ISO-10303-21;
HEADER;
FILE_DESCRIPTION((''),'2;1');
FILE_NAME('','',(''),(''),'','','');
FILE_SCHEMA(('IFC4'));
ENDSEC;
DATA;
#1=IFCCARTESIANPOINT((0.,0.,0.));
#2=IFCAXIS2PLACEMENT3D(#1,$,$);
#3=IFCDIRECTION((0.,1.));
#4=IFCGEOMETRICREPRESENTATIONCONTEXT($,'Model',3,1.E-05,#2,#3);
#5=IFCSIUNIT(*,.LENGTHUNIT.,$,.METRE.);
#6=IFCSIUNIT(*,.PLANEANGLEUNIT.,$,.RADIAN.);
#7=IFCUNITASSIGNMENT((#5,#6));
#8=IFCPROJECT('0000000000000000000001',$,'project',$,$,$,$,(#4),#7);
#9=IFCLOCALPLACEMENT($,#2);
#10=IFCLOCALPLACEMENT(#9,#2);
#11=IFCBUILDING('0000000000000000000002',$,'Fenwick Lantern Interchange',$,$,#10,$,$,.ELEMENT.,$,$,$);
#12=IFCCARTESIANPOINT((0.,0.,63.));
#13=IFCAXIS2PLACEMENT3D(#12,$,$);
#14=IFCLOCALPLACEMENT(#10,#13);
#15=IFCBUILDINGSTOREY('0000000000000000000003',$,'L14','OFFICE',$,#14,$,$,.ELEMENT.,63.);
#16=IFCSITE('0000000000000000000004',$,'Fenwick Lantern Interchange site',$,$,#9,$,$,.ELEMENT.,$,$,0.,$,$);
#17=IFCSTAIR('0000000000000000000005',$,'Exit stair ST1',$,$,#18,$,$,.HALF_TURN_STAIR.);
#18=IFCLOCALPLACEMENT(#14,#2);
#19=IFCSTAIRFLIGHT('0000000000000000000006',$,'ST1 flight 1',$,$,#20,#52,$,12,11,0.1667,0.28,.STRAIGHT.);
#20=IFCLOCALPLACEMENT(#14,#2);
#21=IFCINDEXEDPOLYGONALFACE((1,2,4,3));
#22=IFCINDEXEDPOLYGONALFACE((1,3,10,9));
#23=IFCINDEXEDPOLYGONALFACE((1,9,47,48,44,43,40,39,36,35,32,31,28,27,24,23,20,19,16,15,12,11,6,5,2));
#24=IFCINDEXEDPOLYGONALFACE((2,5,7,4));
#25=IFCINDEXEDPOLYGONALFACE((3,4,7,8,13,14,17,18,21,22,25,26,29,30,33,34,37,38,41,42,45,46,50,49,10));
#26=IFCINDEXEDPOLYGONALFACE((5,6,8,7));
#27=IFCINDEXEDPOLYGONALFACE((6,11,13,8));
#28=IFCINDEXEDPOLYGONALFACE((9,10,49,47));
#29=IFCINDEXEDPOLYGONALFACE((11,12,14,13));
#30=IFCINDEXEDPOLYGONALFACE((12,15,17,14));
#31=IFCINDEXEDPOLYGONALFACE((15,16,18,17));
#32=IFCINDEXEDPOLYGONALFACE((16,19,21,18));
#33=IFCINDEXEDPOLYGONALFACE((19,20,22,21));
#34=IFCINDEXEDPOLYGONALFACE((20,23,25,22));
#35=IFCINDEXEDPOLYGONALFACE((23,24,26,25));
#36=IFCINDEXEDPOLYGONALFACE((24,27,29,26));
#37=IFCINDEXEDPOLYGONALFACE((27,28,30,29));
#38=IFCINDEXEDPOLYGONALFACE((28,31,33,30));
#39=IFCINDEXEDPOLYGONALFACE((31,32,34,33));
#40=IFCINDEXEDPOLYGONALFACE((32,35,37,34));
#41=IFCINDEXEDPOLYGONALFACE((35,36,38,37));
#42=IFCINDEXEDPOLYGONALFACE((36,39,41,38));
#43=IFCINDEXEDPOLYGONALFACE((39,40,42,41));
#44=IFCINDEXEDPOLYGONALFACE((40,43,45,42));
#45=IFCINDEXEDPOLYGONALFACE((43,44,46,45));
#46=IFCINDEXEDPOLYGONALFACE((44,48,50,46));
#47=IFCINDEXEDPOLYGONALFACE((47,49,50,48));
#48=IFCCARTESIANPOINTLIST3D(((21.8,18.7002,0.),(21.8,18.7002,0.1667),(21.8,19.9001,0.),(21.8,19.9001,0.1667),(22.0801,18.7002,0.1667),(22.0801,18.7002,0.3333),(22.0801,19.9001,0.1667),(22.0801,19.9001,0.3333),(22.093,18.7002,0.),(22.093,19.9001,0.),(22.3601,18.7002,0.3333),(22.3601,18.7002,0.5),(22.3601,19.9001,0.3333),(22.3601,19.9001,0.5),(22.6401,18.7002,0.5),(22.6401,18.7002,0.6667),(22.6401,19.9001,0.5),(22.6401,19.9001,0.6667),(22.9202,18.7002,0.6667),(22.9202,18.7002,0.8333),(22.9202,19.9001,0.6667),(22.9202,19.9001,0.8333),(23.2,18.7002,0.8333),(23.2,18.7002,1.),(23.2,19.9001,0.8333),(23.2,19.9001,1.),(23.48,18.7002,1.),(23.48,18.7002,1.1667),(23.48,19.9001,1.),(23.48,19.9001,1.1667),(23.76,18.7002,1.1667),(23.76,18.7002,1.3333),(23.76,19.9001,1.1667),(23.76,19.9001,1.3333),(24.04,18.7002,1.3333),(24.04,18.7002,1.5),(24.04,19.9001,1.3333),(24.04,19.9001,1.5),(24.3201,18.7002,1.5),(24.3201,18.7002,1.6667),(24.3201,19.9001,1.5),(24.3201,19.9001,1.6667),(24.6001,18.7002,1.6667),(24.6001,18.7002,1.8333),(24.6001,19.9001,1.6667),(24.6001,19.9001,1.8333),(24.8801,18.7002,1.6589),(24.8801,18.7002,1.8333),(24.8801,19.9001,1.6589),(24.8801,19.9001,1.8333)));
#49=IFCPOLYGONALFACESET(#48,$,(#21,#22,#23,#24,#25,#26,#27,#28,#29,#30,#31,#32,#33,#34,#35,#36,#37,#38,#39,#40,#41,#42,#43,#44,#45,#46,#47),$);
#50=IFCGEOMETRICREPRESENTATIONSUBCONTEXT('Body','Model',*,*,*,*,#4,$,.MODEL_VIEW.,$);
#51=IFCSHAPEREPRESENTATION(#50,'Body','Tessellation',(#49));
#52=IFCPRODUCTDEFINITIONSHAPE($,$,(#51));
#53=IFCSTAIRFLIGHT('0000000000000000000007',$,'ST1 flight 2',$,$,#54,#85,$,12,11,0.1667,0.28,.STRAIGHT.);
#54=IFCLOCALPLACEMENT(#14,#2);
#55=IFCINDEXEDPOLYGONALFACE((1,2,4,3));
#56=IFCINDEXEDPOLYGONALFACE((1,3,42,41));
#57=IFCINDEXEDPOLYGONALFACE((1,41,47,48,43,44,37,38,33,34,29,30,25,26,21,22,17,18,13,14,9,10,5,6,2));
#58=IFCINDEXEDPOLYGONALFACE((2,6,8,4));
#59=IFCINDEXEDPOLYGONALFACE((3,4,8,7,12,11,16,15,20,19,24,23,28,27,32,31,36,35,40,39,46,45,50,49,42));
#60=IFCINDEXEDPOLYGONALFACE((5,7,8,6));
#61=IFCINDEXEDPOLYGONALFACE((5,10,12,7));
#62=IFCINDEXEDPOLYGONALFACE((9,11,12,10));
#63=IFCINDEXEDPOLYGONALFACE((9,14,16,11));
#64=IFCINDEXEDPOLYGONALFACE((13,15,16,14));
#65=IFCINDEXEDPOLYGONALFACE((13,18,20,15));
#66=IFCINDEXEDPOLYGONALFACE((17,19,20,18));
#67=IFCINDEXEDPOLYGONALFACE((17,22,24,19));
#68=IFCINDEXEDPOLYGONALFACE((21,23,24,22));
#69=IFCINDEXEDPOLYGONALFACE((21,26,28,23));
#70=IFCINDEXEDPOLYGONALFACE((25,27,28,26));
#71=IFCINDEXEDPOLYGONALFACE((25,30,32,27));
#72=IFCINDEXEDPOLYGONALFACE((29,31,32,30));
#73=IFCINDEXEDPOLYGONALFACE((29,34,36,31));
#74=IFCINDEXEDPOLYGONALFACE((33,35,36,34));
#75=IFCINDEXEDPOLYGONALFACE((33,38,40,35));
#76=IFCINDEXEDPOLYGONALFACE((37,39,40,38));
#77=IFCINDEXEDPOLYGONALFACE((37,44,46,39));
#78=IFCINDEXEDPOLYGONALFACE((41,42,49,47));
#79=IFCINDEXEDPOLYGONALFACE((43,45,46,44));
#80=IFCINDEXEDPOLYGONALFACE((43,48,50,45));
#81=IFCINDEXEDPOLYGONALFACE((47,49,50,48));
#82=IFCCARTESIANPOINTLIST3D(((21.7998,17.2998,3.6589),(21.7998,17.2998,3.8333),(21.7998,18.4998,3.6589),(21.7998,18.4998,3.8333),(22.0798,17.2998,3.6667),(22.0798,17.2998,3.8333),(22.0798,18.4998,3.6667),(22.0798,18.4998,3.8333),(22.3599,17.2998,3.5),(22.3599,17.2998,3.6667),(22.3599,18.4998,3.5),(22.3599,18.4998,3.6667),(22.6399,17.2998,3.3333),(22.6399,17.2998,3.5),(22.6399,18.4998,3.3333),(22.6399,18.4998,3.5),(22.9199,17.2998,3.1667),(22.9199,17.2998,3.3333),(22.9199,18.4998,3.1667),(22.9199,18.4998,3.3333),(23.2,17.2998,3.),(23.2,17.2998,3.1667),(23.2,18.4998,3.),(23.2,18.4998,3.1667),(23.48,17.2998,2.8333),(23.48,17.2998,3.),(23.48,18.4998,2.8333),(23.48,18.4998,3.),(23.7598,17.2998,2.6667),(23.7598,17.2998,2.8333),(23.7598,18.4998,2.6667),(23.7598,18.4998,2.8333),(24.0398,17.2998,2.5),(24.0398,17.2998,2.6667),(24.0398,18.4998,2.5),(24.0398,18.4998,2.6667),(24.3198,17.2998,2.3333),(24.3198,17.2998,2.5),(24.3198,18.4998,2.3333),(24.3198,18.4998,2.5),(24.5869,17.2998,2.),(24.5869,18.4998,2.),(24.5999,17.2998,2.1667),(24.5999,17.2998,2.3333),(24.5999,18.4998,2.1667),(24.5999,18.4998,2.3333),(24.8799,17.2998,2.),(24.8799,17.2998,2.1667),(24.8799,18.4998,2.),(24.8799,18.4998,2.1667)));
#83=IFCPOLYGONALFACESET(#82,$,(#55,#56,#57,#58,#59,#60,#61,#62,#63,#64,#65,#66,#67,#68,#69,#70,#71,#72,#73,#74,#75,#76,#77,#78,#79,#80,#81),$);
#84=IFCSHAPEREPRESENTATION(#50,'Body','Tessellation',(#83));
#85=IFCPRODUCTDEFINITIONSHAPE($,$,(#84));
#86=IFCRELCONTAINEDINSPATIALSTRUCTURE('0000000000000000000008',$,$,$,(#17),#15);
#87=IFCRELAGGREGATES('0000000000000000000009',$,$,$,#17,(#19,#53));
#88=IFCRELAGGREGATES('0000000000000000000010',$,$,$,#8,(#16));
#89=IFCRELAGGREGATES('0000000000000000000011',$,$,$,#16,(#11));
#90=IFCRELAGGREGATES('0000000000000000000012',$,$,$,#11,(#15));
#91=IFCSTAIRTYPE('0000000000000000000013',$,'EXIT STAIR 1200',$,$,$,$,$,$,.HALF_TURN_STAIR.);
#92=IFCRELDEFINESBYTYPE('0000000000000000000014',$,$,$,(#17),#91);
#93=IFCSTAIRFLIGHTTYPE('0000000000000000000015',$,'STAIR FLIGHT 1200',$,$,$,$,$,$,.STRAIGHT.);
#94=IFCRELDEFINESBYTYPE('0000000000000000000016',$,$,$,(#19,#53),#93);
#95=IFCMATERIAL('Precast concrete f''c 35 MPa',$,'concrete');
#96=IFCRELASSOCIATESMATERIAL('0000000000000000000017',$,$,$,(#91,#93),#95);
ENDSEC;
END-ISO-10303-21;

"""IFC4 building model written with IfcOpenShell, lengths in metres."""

from ifc_helpers import new_model, si_unit, direction, frame, origin, place, context, subcontext, project, spatial, polyline, outline, extrude, material, type_object, element, aggregate, save


model = new_model("IFC4")

# Units and contexts
model_context = context("Model", 3, precision=1e-05, world=origin(), true_north=direction((0.0, 1.0)))
body_context = subcontext(model_context, "Body", "Model", "MODEL_VIEW")
ifc_project = project(units=[si_unit("LENGTHUNIT", "METRE"), si_unit("PLANEANGLEUNIT", "RADIAN")], contexts=[model_context])

# Site, building, storey
site_placement = place(None, origin())
site = spatial("IfcSite", under=ifc_project, at=site_placement, Name="Fenwick Lantern Interchange site", CompositionType="ELEMENT", RefElevation=0.0)
building_placement = place(site_placement, origin())
building = spatial("IfcBuilding", under=site, at=building_placement, Name="Fenwick Lantern Interchange", CompositionType="ELEMENT")
storey_placement = place(building_placement, frame((0.0, 0.0, 63.0)))
storey = spatial("IfcBuildingStorey", under=building, at=storey_placement, Name="L14", Description="OFFICE", CompositionType="ELEMENT", Elevation=63.0)

# Stair, stair flights
ifc_material_1 = material(Name="Precast concrete f'c 35 MPa", Category="concrete")
stair_type = type_object("IfcStairType", Name="EXIT STAIR 1200", PredefinedType="HALF_TURN_STAIR", material=ifc_material_1)
stair_placement = place(storey_placement, origin())
stair = element("IfcStair", 1, at=stair_placement, inside=storey, type_object=stair_type, Name="Exit stair ST1", PredefinedType="HALF_TURN_STAIR")
stair_flight_type = type_object("IfcStairFlightType", Name="STAIR FLIGHT 1200", PredefinedType="STRAIGHT", material=ifc_material_1)
stair_flight_1_placement = place(storey_placement, frame((21.8, 19.3, 0.0), z_axis=(0.0, 0.0, 1.0), x_axis=(1.0, 0.0, 0.0)))
stair_flight_1 = element("IfcStairFlight", 2, at=stair_flight_1_placement, type_object=stair_flight_type, Name="ST1 flight 1", NumberOfRisers=12, NumberOfTreads=11, PredefinedType="STRAIGHT", RiserHeight=0.1667, TreadLength=0.28, context=body_context, shape_type="SweptSolid", body=[
    extrude(outline(polyline([(0.0, 0.0), (0.0, 0.1667), (0.28, 0.1667), (0.28, 0.3333), (0.5601, 0.3333), (0.5601, 0.5), (0.8401, 0.5), (0.8401, 0.6667), (1.1201, 0.6667), (1.1201, 0.8333), (1.3999, 0.8333), (1.3999, 1.0), (1.6799, 1.0), (1.6799, 1.1667), (1.96, 1.1667), (1.96, 1.3333), (2.24, 1.3333), (2.24, 1.5), (2.52, 1.5), (2.52, 1.6667), (2.8, 1.6667), (2.8, 1.8333), (3.0801, 1.8333), (3.0801, 2.0), (3.0801, 1.6589), (0.293, 0.0), (0.0, 0.0)])), frame((0.0, 0.6001, 0.0), z_axis=(0.0, -1.0, 0.0), x_axis=(1.0, 0.0, 0.0)), (0.0, 0.0, 1.0), 1.2),
])
stair_flight_2_placement = place(storey_placement, frame((24.8799, 17.8999, 2.0), z_axis=(0.0, 0.0, 1.0), x_axis=(-1.0, 0.0, 0.0)))
stair_flight_2 = element("IfcStairFlight", 3, at=stair_flight_2_placement, type_object=stair_flight_type, Name="ST1 flight 2", NumberOfRisers=12, NumberOfTreads=11, PredefinedType="STRAIGHT", RiserHeight=0.1667, TreadLength=0.28, context=body_context, shape_type="SweptSolid", body=[
    extrude(outline(polyline([(0.0, 0.0), (0.0, 0.1667), (0.28, 0.1667), (0.28, 0.3333), (0.5601, 0.3333), (0.5601, 0.5), (0.8401, 0.5), (0.8401, 0.6667), (1.1201, 0.6667), (1.1201, 0.8333), (1.3999, 0.8333), (1.3999, 1.0), (1.6799, 1.0), (1.6799, 1.1667), (1.96, 1.1667), (1.96, 1.3333), (2.24, 1.3333), (2.24, 1.5), (2.52, 1.5), (2.52, 1.6667), (2.8, 1.6667), (2.8, 1.8333), (3.0801, 1.8333), (3.0801, 2.0), (3.0801, 1.6589), (0.293, 0.0), (0.0, 0.0)])), frame((0.0, 0.6001, 0.0), z_axis=(0.0, -1.0, 0.0), x_axis=(1.0, 0.0, 0.0)), (0.0, 0.0, 1.0), 1.2),
])
aggregate(stair, [stair_flight_1, stair_flight_2])

save(model, "model.ifc")
